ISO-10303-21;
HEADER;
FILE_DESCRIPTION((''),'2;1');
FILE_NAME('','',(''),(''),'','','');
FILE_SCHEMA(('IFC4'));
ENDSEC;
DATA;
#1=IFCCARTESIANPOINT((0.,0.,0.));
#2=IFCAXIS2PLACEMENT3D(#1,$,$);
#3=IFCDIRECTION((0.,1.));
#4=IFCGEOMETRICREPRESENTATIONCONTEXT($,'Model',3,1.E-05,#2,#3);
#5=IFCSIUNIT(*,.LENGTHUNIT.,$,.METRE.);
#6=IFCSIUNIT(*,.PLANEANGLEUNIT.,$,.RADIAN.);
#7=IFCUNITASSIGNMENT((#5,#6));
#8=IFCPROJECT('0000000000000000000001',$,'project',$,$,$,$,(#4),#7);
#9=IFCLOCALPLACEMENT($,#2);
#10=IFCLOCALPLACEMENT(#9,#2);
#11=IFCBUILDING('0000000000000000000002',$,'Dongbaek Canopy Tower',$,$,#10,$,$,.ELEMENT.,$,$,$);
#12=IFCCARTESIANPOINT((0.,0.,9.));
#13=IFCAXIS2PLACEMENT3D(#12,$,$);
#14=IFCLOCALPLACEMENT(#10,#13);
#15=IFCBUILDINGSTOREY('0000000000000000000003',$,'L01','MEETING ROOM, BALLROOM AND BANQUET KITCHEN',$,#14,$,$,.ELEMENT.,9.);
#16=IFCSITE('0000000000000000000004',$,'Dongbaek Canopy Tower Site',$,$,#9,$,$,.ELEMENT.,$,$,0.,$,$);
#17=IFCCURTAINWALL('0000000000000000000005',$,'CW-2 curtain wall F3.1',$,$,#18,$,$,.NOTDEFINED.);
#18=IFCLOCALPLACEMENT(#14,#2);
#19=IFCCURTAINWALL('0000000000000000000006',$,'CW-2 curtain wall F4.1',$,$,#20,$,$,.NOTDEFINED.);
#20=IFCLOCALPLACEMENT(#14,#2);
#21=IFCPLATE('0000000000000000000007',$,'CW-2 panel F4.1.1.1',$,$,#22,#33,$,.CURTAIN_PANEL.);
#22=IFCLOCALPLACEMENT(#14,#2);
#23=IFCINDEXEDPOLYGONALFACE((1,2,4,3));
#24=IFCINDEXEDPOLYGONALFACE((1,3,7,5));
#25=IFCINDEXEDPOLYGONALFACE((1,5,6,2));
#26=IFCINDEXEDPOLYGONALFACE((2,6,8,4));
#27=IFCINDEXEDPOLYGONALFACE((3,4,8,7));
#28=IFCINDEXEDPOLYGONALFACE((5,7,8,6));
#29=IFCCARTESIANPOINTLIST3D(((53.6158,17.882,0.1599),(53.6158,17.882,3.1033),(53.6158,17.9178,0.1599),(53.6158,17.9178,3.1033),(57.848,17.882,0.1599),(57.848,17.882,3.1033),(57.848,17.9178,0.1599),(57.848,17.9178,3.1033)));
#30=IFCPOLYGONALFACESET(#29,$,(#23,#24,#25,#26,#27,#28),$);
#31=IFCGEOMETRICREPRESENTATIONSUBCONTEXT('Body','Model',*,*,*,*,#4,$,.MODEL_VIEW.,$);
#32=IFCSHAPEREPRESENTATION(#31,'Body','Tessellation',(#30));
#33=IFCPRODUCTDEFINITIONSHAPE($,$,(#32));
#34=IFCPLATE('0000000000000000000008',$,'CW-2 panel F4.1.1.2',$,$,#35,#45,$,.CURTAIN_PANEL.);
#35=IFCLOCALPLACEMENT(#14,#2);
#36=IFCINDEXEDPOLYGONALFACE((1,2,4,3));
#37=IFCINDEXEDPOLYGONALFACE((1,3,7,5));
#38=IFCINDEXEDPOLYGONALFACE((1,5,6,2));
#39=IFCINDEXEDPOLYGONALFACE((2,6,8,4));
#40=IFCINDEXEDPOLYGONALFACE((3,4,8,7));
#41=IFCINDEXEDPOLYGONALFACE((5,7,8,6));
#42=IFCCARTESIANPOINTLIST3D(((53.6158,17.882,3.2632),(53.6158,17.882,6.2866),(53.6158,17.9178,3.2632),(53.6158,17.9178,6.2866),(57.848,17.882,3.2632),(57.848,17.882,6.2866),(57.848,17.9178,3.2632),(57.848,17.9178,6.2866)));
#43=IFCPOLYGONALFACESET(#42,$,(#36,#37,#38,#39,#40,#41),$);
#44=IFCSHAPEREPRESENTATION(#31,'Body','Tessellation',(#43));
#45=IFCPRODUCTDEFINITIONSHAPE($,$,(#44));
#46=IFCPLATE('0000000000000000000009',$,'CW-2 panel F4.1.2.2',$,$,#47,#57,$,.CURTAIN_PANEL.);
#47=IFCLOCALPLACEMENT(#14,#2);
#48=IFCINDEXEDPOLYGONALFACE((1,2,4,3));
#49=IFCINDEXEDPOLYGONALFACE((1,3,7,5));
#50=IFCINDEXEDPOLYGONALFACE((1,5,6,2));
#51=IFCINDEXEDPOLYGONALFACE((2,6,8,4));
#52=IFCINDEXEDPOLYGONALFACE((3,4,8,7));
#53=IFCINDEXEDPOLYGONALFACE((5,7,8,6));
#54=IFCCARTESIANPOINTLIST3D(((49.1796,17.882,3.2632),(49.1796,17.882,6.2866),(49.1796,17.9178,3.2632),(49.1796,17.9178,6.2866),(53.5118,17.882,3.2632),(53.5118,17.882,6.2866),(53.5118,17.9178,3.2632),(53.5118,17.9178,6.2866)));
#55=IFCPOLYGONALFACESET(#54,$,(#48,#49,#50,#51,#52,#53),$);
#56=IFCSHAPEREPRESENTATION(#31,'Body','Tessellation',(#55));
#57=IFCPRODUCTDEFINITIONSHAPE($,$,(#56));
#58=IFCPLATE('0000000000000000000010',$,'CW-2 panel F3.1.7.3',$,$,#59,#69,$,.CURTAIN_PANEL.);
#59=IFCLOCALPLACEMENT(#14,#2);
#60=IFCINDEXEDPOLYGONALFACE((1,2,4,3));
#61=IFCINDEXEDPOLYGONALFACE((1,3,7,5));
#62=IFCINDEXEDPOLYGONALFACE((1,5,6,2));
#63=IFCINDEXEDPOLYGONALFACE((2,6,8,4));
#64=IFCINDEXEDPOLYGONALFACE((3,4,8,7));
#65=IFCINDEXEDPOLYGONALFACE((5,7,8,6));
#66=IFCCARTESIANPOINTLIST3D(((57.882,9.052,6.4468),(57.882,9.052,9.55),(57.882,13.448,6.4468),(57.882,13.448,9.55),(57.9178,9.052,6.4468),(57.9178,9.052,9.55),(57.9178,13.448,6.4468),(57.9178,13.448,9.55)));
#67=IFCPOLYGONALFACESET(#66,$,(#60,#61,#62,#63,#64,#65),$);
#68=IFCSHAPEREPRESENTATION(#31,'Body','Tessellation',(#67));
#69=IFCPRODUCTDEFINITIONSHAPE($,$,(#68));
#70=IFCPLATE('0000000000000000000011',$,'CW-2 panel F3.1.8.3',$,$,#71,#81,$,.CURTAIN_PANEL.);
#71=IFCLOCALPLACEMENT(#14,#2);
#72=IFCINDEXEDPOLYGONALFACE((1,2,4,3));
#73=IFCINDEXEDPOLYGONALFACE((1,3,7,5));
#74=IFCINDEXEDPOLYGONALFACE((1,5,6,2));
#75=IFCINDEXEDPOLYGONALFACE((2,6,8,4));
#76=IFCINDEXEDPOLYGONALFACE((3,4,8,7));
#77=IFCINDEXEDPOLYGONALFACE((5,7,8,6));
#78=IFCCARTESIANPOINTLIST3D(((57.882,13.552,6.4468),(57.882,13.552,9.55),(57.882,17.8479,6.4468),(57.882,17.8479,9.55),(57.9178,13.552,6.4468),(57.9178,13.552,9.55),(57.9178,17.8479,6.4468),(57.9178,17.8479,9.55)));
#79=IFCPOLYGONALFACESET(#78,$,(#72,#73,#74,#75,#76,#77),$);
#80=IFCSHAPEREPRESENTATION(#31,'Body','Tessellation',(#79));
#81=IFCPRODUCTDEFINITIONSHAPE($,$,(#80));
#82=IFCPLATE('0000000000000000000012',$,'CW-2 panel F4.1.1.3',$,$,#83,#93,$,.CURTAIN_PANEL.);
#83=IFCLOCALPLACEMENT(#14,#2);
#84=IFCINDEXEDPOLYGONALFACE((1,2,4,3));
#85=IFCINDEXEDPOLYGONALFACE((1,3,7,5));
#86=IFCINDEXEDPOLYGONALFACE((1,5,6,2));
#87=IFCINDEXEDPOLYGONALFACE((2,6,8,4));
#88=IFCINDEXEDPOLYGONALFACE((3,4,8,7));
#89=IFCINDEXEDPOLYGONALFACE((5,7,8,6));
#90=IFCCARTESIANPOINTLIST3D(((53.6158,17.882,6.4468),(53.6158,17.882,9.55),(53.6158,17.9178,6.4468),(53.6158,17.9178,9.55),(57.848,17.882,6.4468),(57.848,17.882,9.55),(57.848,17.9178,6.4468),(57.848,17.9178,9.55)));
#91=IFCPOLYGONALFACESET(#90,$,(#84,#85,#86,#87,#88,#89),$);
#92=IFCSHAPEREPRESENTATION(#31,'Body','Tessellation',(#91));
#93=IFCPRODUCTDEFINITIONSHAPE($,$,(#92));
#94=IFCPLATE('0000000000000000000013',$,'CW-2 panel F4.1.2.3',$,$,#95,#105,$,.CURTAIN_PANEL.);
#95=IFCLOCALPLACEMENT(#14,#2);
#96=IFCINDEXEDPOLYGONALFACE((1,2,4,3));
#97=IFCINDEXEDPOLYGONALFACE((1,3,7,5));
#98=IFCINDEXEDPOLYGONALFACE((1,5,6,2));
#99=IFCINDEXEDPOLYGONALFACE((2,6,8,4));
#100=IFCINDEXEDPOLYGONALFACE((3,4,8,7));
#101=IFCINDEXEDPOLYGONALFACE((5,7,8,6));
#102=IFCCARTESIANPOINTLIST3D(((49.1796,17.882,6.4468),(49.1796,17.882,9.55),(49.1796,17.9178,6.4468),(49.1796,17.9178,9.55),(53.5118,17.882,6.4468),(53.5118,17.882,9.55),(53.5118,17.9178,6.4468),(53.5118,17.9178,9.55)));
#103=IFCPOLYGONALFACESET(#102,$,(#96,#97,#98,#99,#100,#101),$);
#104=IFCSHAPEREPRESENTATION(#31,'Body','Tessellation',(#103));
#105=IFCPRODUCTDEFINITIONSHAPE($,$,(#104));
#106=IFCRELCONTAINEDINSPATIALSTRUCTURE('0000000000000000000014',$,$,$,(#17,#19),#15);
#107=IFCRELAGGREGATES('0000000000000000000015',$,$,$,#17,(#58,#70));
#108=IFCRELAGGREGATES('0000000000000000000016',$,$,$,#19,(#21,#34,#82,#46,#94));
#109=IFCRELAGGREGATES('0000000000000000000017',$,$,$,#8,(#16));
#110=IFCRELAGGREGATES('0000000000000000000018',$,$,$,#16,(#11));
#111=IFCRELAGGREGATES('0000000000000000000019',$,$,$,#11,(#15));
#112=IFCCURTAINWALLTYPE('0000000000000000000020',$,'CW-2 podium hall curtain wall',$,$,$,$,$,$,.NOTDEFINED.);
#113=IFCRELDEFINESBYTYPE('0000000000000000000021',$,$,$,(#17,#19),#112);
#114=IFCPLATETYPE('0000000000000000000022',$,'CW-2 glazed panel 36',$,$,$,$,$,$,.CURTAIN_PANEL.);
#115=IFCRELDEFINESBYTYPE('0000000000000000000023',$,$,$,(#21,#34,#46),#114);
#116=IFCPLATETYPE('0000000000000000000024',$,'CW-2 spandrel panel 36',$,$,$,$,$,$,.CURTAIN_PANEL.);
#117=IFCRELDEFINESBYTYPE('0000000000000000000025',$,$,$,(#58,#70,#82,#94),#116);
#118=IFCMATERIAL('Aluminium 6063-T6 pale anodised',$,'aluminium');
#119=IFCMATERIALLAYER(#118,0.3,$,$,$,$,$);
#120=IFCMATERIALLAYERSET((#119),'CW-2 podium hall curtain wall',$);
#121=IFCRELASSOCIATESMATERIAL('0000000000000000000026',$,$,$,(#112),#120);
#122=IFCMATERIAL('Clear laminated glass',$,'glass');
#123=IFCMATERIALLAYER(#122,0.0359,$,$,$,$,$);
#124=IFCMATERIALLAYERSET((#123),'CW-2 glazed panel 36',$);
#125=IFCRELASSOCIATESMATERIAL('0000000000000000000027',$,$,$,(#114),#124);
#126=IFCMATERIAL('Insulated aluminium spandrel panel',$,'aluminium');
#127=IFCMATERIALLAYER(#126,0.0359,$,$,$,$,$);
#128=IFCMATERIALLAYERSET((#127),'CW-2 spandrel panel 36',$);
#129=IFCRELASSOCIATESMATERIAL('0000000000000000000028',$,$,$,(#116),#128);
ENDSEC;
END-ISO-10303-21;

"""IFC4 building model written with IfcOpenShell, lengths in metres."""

from ifc_helpers import new_model, si_unit, direction, frame, origin, origin_2d, place, context, subcontext, project, spatial, rectangle, extrude, material, layer, layer_set, type_object, element, aggregate, save


model = new_model("IFC4")

# Units and contexts
model_context = context("Model", 3, precision=1e-05, world=origin(), true_north=direction((0.0, 1.0)))
body_context = subcontext(model_context, "Body", "Model", "MODEL_VIEW")
ifc_project = project(units=[si_unit("LENGTHUNIT", "METRE"), si_unit("PLANEANGLEUNIT", "RADIAN")], contexts=[model_context])

# Site, building, storey
site_placement = place(None, origin())
site = spatial("IfcSite", under=ifc_project, at=site_placement, Name="Dongbaek Canopy Tower Site", CompositionType="ELEMENT", RefElevation=0.0)
building_placement = place(site_placement, origin())
building = spatial("IfcBuilding", under=site, at=building_placement, Name="Dongbaek Canopy Tower", CompositionType="ELEMENT")
storey_placement = place(building_placement, frame((0.0, 0.0, 9.0)))
storey = spatial("IfcBuildingStorey", under=building, at=storey_placement, Name="L01", Description="MEETING ROOM, BALLROOM AND BANQUET KITCHEN", CompositionType="ELEMENT", Elevation=9.0)

# Curtain wall
ifc_material_1 = material(Name="Aluminium 6063-T6 pale anodised", Category="aluminium")
ifc_layer_1 = layer(ifc_material_1, 0.3)
ifc_layer_set_1 = layer_set([ifc_layer_1], Name="CW-2 podium hall curtain wall")
curtain_wall_type = type_object("IfcCurtainWallType", Name="CW-2 podium hall curtain wall", PredefinedType="NOTDEFINED", material=ifc_layer_set_1)
curtain_wall_1_placement = place(storey_placement, origin())
curtain_wall_1 = element("IfcCurtainWall", 1, at=curtain_wall_1_placement, inside=storey, type_object=curtain_wall_type, Name="CW-2 curtain wall F3.1", PredefinedType="NOTDEFINED")

# Curtain wall
curtain_wall_2_placement = place(storey_placement, origin())
curtain_wall_2 = element("IfcCurtainWall", 2, at=curtain_wall_2_placement, inside=storey, type_object=curtain_wall_type, Name="CW-2 curtain wall F4.1", PredefinedType="NOTDEFINED")

# Plates
ifc_material_2 = material(Name="Clear laminated glass", Category="glass")
ifc_layer_2 = layer(ifc_material_2, 0.0359)
ifc_layer_set_2 = layer_set([ifc_layer_2], Name="CW-2 glazed panel 36")
plate_type_1 = type_object("IfcPlateType", Name="CW-2 glazed panel 36", PredefinedType="CURTAIN_PANEL", material=ifc_layer_set_2)
plate_1_placement = place(storey_placement, frame((55.7319, 17.8999, 0.1599), z_axis=(0.0, 0.0, 1.0), x_axis=(-1.0, 0.0, 0.0)))
plate_1 = element("IfcPlate", 3, at=plate_1_placement, type_object=plate_type_1, Name="CW-2 panel F4.1.1.1", PredefinedType="CURTAIN_PANEL", context=body_context, shape_type="SweptSolid", body=[
    extrude(rectangle(XDim=4.2322, YDim=0.0359, at=origin_2d()), origin(), (0.0, 0.0, 1.0), 2.9434),
])
plate_2_placement = place(storey_placement, frame((55.7319, 17.8999, 3.2632), z_axis=(0.0, 0.0, 1.0), x_axis=(-1.0, 0.0, 0.0)))
plate_2 = element("IfcPlate", 4, at=plate_2_placement, type_object=plate_type_1, Name="CW-2 panel F4.1.1.2", PredefinedType="CURTAIN_PANEL", context=body_context, shape_type="SweptSolid", body=[
    extrude(rectangle(XDim=4.2322, YDim=0.0359, at=origin_2d()), origin(), (0.0, 0.0, 1.0), 3.0234),
])
plate_3_placement = place(storey_placement, frame((51.3457, 17.8999, 3.2632), z_axis=(0.0, 0.0, 1.0), x_axis=(-1.0, 0.0, 0.0)))
plate_3 = element("IfcPlate", 5, at=plate_3_placement, type_object=plate_type_1, Name="CW-2 panel F4.1.2.2", PredefinedType="CURTAIN_PANEL", context=body_context, shape_type="SweptSolid", body=[
    extrude(rectangle(XDim=4.3323, YDim=0.0359, at=origin_2d()), origin(), (0.0, 0.0, 1.0), 3.0234),
])
ifc_material_3 = material(Name="Insulated aluminium spandrel panel", Category="aluminium")
ifc_layer_3 = layer(ifc_material_3, 0.0359)
ifc_layer_set_3 = layer_set([ifc_layer_3], Name="CW-2 spandrel panel 36")
plate_type_2 = type_object("IfcPlateType", Name="CW-2 spandrel panel 36", PredefinedType="CURTAIN_PANEL", material=ifc_layer_set_3)
plate_4_placement = place(storey_placement, frame((57.8999, 11.25, 6.4468), z_axis=(0.0, 0.0, 1.0), x_axis=(0.0, 1.0, 0.0)))
plate_4 = element("IfcPlate", 6, at=plate_4_placement, type_object=plate_type_2, Name="CW-2 panel F3.1.7.3", PredefinedType="CURTAIN_PANEL", context=body_context, shape_type="SweptSolid", body=[
    extrude(rectangle(XDim=4.396, YDim=0.0359, at=origin_2d()), origin(), (0.0, 0.0, 1.0), 3.1033),
])
plate_5_placement = place(storey_placement, frame((57.8999, 15.7, 6.4468), z_axis=(0.0, 0.0, 1.0), x_axis=(0.0, 1.0, 0.0)))
plate_5 = element("IfcPlate", 7, at=plate_5_placement, type_object=plate_type_2, Name="CW-2 panel F3.1.8.3", PredefinedType="CURTAIN_PANEL", context=body_context, shape_type="SweptSolid", body=[
    extrude(rectangle(XDim=4.2959, YDim=0.0359, at=origin_2d()), origin(), (0.0, 0.0, 1.0), 3.1033),
])
aggregate(curtain_wall_1, [plate_4, plate_5])
plate_6_placement = place(storey_placement, frame((55.7319, 17.8999, 6.4468), z_axis=(0.0, 0.0, 1.0), x_axis=(-1.0, 0.0, 0.0)))
plate_6 = element("IfcPlate", 8, at=plate_6_placement, type_object=plate_type_2, Name="CW-2 panel F4.1.1.3", PredefinedType="CURTAIN_PANEL", context=body_context, shape_type="SweptSolid", body=[
    extrude(rectangle(XDim=4.2322, YDim=0.0359, at=origin_2d()), origin(), (0.0, 0.0, 1.0), 3.1033),
])
plate_7_placement = place(storey_placement, frame((51.3457, 17.8999, 6.4468), z_axis=(0.0, 0.0, 1.0), x_axis=(-1.0, 0.0, 0.0)))
plate_7 = element("IfcPlate", 9, at=plate_7_placement, type_object=plate_type_2, Name="CW-2 panel F4.1.2.3", PredefinedType="CURTAIN_PANEL", context=body_context, shape_type="SweptSolid", body=[
    extrude(rectangle(XDim=4.3323, YDim=0.0359, at=origin_2d()), origin(), (0.0, 0.0, 1.0), 3.1033),
])
aggregate(curtain_wall_2, [plate_1, plate_2, plate_6, plate_3, plate_7])

save(model, "model.ifc")
